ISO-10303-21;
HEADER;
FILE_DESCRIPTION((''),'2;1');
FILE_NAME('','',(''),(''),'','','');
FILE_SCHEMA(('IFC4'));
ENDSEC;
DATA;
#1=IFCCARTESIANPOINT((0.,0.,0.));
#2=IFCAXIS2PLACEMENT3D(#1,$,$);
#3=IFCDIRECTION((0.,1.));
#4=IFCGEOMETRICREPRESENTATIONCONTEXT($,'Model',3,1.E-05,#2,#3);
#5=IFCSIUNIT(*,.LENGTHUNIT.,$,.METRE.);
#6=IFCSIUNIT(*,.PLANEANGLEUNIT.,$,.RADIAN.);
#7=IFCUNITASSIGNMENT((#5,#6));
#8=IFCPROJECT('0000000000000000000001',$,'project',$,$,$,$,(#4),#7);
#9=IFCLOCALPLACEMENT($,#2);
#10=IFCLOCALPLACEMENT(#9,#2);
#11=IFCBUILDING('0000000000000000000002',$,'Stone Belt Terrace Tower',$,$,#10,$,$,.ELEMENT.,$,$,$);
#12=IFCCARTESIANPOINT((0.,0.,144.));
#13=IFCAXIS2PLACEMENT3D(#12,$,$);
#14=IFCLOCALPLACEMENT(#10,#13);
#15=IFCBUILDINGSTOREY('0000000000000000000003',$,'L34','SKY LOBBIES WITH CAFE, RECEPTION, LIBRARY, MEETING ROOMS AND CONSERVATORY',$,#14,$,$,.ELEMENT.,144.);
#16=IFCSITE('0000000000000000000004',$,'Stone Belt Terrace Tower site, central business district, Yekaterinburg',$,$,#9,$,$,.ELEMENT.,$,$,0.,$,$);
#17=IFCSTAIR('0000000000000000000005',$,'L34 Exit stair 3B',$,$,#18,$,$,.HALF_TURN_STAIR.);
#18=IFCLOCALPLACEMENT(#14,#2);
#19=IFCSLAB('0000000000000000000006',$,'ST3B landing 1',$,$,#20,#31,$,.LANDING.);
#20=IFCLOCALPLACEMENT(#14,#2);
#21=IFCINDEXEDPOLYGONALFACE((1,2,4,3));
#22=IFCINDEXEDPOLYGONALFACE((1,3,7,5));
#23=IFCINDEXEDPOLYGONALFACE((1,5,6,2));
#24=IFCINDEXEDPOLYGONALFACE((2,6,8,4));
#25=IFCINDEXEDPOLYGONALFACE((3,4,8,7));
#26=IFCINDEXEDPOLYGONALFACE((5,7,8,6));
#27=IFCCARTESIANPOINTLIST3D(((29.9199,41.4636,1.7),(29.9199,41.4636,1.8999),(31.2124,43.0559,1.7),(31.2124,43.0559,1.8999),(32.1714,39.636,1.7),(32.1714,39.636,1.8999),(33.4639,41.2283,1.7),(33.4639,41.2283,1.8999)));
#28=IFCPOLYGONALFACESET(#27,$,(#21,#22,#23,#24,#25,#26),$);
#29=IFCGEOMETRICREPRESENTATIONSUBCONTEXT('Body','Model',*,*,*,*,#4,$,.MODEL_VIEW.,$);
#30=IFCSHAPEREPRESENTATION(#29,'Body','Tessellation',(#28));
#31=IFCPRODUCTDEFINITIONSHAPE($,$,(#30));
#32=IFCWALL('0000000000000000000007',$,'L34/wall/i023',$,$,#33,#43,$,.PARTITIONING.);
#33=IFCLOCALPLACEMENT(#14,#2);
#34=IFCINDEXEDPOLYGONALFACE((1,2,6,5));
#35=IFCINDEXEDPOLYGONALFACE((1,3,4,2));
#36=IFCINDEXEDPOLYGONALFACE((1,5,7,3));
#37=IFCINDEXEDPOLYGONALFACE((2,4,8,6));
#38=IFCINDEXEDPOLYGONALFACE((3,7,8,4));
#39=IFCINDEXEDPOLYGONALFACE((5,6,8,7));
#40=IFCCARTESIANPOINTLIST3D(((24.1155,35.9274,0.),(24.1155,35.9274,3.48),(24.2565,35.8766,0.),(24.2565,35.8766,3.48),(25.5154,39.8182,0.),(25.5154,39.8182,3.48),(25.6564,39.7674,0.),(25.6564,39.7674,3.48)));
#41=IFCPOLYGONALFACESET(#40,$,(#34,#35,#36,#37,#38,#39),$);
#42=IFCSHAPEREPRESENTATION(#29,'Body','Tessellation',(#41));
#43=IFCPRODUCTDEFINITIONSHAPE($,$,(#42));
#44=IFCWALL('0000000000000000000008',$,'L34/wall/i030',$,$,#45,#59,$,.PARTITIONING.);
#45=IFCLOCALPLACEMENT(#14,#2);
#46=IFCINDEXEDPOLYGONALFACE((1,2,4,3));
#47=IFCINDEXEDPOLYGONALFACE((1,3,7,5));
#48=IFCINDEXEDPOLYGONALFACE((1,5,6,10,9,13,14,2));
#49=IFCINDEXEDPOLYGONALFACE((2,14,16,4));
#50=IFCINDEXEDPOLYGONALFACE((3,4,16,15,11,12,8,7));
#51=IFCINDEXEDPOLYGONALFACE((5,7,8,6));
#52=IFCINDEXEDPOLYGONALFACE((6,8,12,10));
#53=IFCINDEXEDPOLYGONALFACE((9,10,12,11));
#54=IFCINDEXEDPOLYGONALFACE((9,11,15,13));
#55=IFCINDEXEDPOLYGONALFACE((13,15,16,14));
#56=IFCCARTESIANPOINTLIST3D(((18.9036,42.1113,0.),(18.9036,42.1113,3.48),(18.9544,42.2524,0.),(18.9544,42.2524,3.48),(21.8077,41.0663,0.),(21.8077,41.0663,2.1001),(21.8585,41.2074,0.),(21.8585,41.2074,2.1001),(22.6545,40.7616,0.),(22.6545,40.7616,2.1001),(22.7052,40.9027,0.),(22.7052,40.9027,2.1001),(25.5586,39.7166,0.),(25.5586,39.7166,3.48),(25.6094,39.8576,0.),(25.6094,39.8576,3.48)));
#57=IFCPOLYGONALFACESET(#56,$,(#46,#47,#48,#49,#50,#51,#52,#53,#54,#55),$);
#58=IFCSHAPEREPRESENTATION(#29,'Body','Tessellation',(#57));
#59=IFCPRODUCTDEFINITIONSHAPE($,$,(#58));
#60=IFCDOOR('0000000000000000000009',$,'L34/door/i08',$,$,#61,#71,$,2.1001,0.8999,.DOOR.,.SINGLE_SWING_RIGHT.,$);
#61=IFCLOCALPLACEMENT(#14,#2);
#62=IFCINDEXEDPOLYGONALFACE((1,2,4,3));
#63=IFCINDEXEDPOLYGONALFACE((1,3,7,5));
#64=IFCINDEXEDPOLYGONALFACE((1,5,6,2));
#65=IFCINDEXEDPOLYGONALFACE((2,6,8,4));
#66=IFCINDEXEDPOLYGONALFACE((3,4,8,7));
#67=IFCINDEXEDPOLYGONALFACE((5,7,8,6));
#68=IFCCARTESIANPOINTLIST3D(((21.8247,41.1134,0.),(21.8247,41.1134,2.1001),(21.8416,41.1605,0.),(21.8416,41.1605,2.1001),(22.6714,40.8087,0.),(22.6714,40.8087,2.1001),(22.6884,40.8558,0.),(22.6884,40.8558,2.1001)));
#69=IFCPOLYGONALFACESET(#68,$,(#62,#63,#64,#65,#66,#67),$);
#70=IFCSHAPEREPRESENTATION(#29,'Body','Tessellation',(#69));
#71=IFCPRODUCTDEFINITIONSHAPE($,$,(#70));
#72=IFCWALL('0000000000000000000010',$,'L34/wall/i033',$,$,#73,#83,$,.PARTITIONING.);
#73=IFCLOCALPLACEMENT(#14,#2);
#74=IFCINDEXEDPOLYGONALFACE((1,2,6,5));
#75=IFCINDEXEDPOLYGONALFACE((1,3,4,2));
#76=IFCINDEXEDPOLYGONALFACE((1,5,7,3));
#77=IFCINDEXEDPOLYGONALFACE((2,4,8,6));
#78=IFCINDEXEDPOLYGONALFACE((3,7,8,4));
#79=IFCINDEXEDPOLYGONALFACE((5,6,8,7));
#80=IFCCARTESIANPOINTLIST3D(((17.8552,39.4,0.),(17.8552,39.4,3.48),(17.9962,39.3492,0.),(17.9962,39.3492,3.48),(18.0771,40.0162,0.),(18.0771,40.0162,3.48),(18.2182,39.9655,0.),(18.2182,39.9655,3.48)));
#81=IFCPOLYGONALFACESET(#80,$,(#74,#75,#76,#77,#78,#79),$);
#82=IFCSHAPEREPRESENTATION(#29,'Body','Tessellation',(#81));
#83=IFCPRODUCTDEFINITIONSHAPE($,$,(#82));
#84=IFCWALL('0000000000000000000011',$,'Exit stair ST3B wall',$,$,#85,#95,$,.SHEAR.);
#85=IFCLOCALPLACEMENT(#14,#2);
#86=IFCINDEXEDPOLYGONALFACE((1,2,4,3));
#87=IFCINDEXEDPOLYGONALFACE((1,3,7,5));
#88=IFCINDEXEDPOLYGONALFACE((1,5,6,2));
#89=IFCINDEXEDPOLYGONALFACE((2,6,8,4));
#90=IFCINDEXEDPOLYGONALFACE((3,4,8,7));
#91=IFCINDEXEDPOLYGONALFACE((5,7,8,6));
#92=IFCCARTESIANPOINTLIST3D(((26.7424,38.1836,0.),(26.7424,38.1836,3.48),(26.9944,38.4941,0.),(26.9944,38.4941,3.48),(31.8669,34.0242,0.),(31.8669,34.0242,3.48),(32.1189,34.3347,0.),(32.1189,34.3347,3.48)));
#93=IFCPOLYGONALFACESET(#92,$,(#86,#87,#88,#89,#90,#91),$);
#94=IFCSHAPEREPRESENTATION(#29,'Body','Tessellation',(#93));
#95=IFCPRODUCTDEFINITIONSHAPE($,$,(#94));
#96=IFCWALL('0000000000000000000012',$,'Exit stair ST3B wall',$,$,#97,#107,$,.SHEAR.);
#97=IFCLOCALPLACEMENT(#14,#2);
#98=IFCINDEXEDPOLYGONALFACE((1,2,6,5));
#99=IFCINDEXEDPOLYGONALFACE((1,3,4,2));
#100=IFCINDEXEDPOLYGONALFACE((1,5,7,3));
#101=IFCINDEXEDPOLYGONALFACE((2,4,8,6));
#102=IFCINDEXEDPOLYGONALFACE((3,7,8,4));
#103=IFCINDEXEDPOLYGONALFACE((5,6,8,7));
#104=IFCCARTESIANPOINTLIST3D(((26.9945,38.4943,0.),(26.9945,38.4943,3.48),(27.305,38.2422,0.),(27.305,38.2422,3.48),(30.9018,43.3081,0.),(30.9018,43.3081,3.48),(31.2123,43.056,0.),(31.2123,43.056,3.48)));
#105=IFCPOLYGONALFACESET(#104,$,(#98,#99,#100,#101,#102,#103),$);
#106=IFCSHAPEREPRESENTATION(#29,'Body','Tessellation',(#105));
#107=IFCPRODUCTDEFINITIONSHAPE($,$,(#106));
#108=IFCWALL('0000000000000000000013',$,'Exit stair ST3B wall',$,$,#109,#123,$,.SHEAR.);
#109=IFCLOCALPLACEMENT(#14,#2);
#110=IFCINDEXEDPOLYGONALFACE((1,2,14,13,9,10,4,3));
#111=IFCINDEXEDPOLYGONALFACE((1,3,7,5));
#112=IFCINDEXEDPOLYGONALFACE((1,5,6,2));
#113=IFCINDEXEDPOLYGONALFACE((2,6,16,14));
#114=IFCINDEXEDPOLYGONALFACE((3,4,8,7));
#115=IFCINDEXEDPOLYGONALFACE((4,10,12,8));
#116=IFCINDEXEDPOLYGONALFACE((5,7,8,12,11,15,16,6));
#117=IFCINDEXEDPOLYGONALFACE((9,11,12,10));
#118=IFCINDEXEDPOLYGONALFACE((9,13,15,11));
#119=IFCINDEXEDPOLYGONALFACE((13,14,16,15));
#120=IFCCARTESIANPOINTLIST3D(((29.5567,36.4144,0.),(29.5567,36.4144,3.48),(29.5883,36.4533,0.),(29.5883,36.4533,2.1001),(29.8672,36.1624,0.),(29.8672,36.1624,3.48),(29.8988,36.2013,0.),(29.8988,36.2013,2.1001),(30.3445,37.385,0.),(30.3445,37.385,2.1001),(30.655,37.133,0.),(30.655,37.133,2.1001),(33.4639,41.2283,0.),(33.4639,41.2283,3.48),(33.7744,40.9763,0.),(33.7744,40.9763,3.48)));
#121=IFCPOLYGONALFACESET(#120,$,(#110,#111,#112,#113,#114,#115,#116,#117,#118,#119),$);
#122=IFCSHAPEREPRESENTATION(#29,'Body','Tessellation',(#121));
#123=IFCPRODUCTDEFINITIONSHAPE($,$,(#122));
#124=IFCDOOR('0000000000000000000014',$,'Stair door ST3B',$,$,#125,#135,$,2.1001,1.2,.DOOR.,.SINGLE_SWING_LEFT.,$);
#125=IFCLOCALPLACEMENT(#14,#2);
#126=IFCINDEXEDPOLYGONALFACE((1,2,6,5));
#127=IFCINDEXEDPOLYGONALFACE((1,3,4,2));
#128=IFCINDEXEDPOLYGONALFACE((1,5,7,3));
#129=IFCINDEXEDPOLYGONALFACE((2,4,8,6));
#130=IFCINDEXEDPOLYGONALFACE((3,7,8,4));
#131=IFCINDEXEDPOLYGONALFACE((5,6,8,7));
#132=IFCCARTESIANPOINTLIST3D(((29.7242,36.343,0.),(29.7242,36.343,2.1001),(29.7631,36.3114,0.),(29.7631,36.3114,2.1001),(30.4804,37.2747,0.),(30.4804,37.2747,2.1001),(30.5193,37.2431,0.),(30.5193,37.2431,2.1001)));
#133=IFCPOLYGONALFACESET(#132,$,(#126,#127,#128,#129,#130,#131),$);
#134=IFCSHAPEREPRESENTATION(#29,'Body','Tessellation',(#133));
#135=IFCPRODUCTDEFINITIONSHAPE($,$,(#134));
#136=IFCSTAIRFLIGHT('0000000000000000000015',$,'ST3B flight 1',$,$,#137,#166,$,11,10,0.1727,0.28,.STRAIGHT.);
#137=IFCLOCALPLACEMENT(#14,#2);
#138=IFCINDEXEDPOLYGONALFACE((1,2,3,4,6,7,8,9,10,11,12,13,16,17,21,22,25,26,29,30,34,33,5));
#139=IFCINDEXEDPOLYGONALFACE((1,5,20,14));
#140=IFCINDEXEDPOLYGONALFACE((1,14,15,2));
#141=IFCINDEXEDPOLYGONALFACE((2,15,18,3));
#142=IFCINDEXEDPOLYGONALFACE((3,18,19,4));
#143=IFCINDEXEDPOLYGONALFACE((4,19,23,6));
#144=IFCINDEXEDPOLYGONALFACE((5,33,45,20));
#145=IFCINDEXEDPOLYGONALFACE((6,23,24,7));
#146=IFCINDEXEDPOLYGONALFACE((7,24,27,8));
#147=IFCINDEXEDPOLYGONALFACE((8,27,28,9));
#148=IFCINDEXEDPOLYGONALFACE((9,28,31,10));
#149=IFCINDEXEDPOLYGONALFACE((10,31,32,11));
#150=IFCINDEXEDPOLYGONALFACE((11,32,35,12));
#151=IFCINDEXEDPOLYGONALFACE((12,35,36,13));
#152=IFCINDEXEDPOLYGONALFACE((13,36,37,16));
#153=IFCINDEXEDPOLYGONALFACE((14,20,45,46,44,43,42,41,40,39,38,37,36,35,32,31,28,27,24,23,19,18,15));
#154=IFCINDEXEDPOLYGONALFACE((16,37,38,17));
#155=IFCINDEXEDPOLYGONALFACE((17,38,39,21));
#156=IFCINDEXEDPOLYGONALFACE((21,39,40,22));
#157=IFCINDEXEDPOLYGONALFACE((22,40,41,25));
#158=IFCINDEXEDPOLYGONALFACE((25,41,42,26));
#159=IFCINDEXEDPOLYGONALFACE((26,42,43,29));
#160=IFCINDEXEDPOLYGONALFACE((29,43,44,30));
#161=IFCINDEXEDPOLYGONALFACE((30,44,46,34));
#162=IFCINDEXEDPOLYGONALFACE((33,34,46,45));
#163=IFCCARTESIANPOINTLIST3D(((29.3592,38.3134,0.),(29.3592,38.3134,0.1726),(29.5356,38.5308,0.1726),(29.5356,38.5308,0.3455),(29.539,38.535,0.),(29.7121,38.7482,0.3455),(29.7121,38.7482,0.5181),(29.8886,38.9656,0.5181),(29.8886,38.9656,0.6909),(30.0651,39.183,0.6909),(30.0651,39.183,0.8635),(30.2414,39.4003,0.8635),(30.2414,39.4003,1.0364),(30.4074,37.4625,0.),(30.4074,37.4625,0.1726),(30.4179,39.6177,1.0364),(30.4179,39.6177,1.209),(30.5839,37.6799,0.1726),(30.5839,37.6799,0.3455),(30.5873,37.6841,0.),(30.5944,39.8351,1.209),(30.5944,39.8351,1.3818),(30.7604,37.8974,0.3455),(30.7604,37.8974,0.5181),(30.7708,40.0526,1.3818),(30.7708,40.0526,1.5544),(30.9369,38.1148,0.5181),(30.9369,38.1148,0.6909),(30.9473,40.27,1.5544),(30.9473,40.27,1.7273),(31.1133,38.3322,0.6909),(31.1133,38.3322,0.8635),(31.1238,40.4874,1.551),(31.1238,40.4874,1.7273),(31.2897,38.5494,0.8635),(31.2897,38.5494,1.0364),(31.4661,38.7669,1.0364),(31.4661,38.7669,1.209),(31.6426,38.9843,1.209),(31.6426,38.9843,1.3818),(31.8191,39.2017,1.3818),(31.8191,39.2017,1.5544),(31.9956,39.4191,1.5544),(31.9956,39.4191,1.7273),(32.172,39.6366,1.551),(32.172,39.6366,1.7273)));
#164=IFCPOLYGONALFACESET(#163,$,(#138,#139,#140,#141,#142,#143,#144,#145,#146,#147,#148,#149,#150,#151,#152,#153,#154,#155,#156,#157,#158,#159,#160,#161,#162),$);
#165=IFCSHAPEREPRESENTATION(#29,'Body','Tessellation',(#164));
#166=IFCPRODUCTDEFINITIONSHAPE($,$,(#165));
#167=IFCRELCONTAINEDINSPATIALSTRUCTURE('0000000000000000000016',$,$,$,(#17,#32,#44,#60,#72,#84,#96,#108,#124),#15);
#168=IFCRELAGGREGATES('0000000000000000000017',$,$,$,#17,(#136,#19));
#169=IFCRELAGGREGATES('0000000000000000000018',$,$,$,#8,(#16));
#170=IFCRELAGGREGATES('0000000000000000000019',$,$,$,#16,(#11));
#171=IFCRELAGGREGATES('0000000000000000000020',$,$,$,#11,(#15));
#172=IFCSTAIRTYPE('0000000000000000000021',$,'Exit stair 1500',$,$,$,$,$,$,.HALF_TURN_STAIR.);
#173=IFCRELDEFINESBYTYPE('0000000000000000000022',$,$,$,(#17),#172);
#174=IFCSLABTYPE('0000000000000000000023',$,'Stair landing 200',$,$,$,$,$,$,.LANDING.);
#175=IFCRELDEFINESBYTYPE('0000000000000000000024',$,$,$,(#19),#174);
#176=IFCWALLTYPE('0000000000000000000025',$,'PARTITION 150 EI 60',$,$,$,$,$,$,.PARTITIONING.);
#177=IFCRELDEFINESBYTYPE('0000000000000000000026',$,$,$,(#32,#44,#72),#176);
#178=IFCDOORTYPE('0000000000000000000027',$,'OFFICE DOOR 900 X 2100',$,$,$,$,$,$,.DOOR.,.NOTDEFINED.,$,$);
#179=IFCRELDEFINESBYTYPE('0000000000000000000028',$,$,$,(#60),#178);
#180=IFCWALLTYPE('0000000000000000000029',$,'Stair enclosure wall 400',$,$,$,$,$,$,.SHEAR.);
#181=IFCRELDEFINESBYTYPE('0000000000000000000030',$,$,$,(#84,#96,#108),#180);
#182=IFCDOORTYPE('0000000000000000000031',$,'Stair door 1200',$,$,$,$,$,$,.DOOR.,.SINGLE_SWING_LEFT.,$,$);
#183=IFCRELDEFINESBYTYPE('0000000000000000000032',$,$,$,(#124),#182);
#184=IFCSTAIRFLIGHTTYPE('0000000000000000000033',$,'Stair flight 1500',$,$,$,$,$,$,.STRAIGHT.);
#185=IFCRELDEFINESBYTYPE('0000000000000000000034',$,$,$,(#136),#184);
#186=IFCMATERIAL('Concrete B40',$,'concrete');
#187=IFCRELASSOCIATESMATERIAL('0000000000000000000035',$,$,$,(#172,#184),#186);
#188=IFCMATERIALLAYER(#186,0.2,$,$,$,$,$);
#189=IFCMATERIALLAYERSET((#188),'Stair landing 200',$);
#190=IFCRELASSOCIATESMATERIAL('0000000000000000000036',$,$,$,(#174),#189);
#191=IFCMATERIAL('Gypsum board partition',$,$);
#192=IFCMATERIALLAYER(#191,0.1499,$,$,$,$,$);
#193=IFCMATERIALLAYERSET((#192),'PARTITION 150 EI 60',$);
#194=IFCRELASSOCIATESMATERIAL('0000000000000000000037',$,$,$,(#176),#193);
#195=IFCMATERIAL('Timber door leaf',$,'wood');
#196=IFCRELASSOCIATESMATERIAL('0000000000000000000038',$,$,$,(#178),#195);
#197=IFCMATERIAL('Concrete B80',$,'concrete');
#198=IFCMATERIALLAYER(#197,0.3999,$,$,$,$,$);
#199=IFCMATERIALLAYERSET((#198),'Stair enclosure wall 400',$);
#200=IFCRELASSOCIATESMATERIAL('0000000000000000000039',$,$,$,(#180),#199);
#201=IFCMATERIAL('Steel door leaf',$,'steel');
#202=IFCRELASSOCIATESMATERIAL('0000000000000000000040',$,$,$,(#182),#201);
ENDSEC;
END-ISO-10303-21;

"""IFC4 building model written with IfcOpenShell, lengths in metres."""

from ifc_helpers import new_model, si_unit, direction, frame, frame_2d, origin, place, context, subcontext, project, spatial, polyline, rectangle, outline, extrude, material, layer, layer_set, type_object, element, fill, aggregate, save


model = new_model("IFC4")

# Units and contexts
model_context = context("Model", 3, precision=1e-05, world=origin(), true_north=direction((0.0, 1.0)))
body_context = subcontext(model_context, "Body", "Model", "MODEL_VIEW")
ifc_project = project(units=[si_unit("LENGTHUNIT", "METRE"), si_unit("PLANEANGLEUNIT", "RADIAN")], contexts=[model_context])

# Site, building, storey
site_placement = place(None, origin())
site = spatial("IfcSite", under=ifc_project, at=site_placement, Name="Stone Belt Terrace Tower site, central business district, Yekaterinburg", CompositionType="ELEMENT", RefElevation=0.0)
building_placement = place(site_placement, origin())
building = spatial("IfcBuilding", under=site, at=building_placement, Name="Stone Belt Terrace Tower", CompositionType="ELEMENT")
storey_placement = place(building_placement, frame((0.0, 0.0, 144.0)))
storey = spatial("IfcBuildingStorey", under=building, at=storey_placement, Name="L34", Description="SKY LOBBIES WITH CAFE, RECEPTION, LIBRARY, MEETING ROOMS AND CONSERVATORY", CompositionType="ELEMENT", Elevation=144.0)

# Shared definitions
ifc_material_1 = material(Name="Concrete B80", Category="concrete")

# Shared definitions
ifc_material_2 = material(Name="Concrete B40", Category="concrete")

# Stair, slab
stair_type = type_object("IfcStairType", Name="Exit stair 1500", PredefinedType="HALF_TURN_STAIR", material=ifc_material_2)
ifc_layer_1 = layer(ifc_material_2, 0.2)
ifc_layer_set_1 = layer_set([ifc_layer_1], Name="Stair landing 200")
slab_type_1 = type_object("IfcSlabType", Name="Stair landing 200", PredefinedType="LANDING", material=ifc_layer_set_1)
stair_1_placement = place(storey_placement, origin())
stair_1 = element("IfcStair", 1, at=stair_1_placement, inside=storey, type_object=stair_type, Name="L34 Exit stair 3B", PredefinedType="HALF_TURN_STAIR")
slab_1_placement = place(storey_placement, frame((0.0, 0.0, 1.7)))
slab_1 = element("IfcSlab", 2, at=slab_1_placement, type_object=slab_type_1, Name="ST3B landing 1", PredefinedType="LANDING", context=body_context, shape_type="SweptSolid", body=[
    extrude(outline(polyline([(32.1714, 39.636), (33.4639, 41.2283), (31.2124, 43.0559), (29.9199, 41.4636), (32.1714, 39.636)])), origin(), (0.0, 0.0, 1.0), 0.2),
])

# Wall
ifc_material_3 = material(Name="Gypsum board partition")
ifc_layer_2 = layer(ifc_material_3, 0.1499)
ifc_layer_set_2 = layer_set([ifc_layer_2], Name="PARTITION 150 EI 60")
wall_type_1 = type_object("IfcWallType", Name="PARTITION 150 EI 60", PredefinedType="PARTITIONING", material=ifc_layer_set_2)
wall_1_placement = place(storey_placement, frame((24.186, 35.9021, 0.0), z_axis=(0.0, 0.0, 1.0), x_axis=(0.338546, 0.94095, 0.0)))
element("IfcWall", 3, at=wall_1_placement, inside=storey, type_object=wall_type_1, Name="L34/wall/i023", PredefinedType="PARTITIONING", context=body_context, shape_type="SweptSolid", body=[
    extrude(rectangle(XDim=4.135, YDim=0.1499, at=frame_2d((2.0674, 0.0))), origin(), (0.0, 0.0, 1.0), 3.48),
])

# Wall, opening, door
wall_2_placement = place(storey_placement, frame((25.584, 39.7871, 0.0), z_axis=(0.0, 0.0, 1.0), x_axis=(-0.940934, 0.33859, 0.0)))
wall_2 = element("IfcWall", 4, at=wall_2_placement, inside=storey, type_object=wall_type_1, Name="L34/wall/i030", PredefinedType="PARTITIONING", context=body_context, shape_type="SweptSolid", body=[
    extrude(rectangle(XDim=7.0728, YDim=0.1499, at=frame_2d((3.5364, 0.0))), origin(), (0.0, 0.0, 1.0), 3.48),
])
opening_1_placement = place(wall_2_placement, frame((3.0864, 0.0, 0.0)))
opening_1 = element("IfcOpeningElement", 5, at=opening_1_placement, cuts=wall_2, PredefinedType="OPENING", context=body_context, shape_type="SweptSolid", body=[
    extrude(rectangle(XDim=0.8999, YDim=2.1001, at=frame_2d((0.45, 1.05))), frame((0.0, 0.085, 0.0), z_axis=(0.0, -1.0, 0.0), x_axis=(1.0, 0.0, 0.0)), (0.0, 0.0, 1.0), 0.1699),
])
ifc_material_4 = material(Name="Timber door leaf", Category="wood")
door_type_1 = type_object("IfcDoorType", Name="OFFICE DOOR 900 X 2100", OperationType="NOTDEFINED", PredefinedType="DOOR", material=ifc_material_4)
door_1_placement = place(opening_1_placement, origin())
door_1 = element("IfcDoor", 6, at=door_1_placement, inside=storey, type_object=door_type_1, Name="L34/door/i08", OperationType="SINGLE_SWING_RIGHT", OverallHeight=2.1001, OverallWidth=0.8999, PredefinedType="DOOR", context=body_context, shape_type="SweptSolid", body=[
    extrude(rectangle(XDim=0.8999, YDim=2.1001, at=frame_2d((0.45, 1.05))), frame((0.0, 0.0249, 0.0), z_axis=(0.0, -1.0, 0.0), x_axis=(1.0, 0.0, 0.0)), (0.0, 0.0, 1.0), 0.05),
])
fill(opening_1, door_1)

# Walls
wall_3_placement = place(storey_placement, frame((18.1477, 39.991, 0.0), z_axis=(0.0, 0.0, 1.0), x_axis=(-0.338838, -0.940845, 0.0)))
element("IfcWall", 7, at=wall_3_placement, inside=storey, type_object=wall_type_1, Name="L34/wall/i033", PredefinedType="PARTITIONING", context=body_context, shape_type="SweptSolid", body=[
    extrude(rectangle(XDim=0.655, YDim=0.1499, at=frame_2d((0.3276, 0.0))), origin(), (0.0, 0.0, 1.0), 3.48),
])
ifc_layer_3 = layer(ifc_material_1, 0.3999)
ifc_layer_set_3 = layer_set([ifc_layer_3], Name="Stair enclosure wall 400")
wall_type_2 = type_object("IfcWallType", Name="Stair enclosure wall 400", PredefinedType="SHEAR", material=ifc_layer_set_3)
wall_4_placement = place(storey_placement, frame((26.8684, 38.3389, 0.0), z_axis=(0.0, 0.0, 1.0), x_axis=(0.776428, -0.630205, 0.0)))
element("IfcWall", 8, at=wall_4_placement, inside=storey, type_object=wall_type_2, Name="Exit stair ST3B wall", PredefinedType="SHEAR", context=body_context, shape_type="SweptSolid", body=[
    extrude(rectangle(XDim=6.6001, YDim=0.3999, at=frame_2d((3.3, 0.0))), origin(), (0.0, 0.0, 1.0), 3.48),
])
wall_5_placement = place(storey_placement, frame((27.1497, 38.3682, 0.0), z_axis=(0.0, 0.0, 1.0), x_axis=(0.630212, 0.776423, 0.0)))
element("IfcWall", 9, at=wall_5_placement, inside=storey, type_object=wall_type_2, Name="Exit stair ST3B wall", PredefinedType="SHEAR", context=body_context, shape_type="SweptSolid", body=[
    extrude(rectangle(XDim=6.2, YDim=0.3999, at=frame_2d((3.1001, 0.0))), origin(), (0.0, 0.0, 1.0), 3.48),
])

# Wall, opening, door
wall_6_placement = place(storey_placement, frame((29.7119, 36.2883, 0.0), z_axis=(0.0, 0.0, 1.0), x_axis=(0.630192, 0.776439, 0.0)))
wall_6 = element("IfcWall", 10, at=wall_6_placement, inside=storey, type_object=wall_type_2, Name="Exit stair ST3B wall", PredefinedType="SHEAR", context=body_context, shape_type="SweptSolid", body=[
    extrude(rectangle(XDim=6.2, YDim=0.3999, at=frame_2d((3.1001, 0.0))), origin(), (0.0, 0.0, 1.0), 3.48),
])
opening_2_placement = place(wall_6_placement, frame((0.05, 0.0, 0.0)))
opening_2 = element("IfcOpeningElement", 11, at=opening_2_placement, cuts=wall_6, PredefinedType="OPENING", context=body_context, shape_type="SweptSolid", body=[
    extrude(rectangle(XDim=1.2, YDim=2.1001, at=frame_2d((0.6001, 1.05))), frame((0.0, 0.21, 0.0), z_axis=(0.0, -1.0, 0.0), x_axis=(1.0, 0.0, 0.0)), (0.0, 0.0, 1.0), 0.4199),
])
ifc_material_5 = material(Name="Steel door leaf", Category="steel")
door_type_2 = type_object("IfcDoorType", Name="Stair door 1200", OperationType="SINGLE_SWING_LEFT", PredefinedType="DOOR", material=ifc_material_5)
door_2_placement = place(opening_2_placement, origin())
door_2 = element("IfcDoor", 12, at=door_2_placement, inside=storey, type_object=door_type_2, Name="Stair door ST3B", OperationType="SINGLE_SWING_LEFT", OverallHeight=2.1001, OverallWidth=1.2, PredefinedType="DOOR", context=body_context, shape_type="SweptSolid", body=[
    extrude(rectangle(XDim=1.2, YDim=2.1001, at=frame_2d((0.6001, 1.05))), frame((0.0, 0.0249, 0.0), z_axis=(0.0, -1.0, 0.0), x_axis=(1.0, 0.0, 0.0)), (0.0, 0.0, 1.0), 0.05),
])
fill(opening_2, door_2)

# Stair flight
stair_flight_type = type_object("IfcStairFlightType", Name="Stair flight 1500", PredefinedType="STRAIGHT", material=ifc_material_2)
stair_flight_placement = place(storey_placement, frame((29.8833, 37.8879, 0.0), z_axis=(0.0, 0.0, 1.0), x_axis=(0.630206, 0.776428, 0.0)))
stair_flight = element("IfcStairFlight", 13, at=stair_flight_placement, type_object=stair_flight_type, Name="ST3B flight 1", NumberOfRisers=11, NumberOfTreads=10, PredefinedType="STRAIGHT", RiserHeight=0.1727, TreadLength=0.28, context=body_context, shape_type="SweptSolid", body=[
    extrude(outline(polyline([(0.0, 0.0), (0.0, 0.1726), (0.28, 0.1726), (0.28, 0.3455), (0.5601, 0.3455), (0.5601, 0.5181), (0.8401, 0.5181), (0.8401, 0.6909), (1.1201, 0.6909), (1.1201, 0.8635), (1.3999, 0.8635), (1.3999, 1.0364), (1.6799, 1.0364), (1.6799, 1.209), (1.96, 1.209), (1.96, 1.3818), (2.24, 1.3818), (2.24, 1.5544), (2.52, 1.5544), (2.52, 1.7273), (2.8, 1.7273), (2.8, 1.8999), (2.8, 1.551), (0.2854, 0.0), (0.0, 0.0)])), frame((0.0, 0.675, 0.0), z_axis=(0.0, -1.0, 0.0), x_axis=(1.0, 0.0, 0.0)), (0.0, 0.0, 1.0), 1.3501),
])
aggregate(stair_1, [stair_flight, slab_1])

save(model, "model.ifc")
